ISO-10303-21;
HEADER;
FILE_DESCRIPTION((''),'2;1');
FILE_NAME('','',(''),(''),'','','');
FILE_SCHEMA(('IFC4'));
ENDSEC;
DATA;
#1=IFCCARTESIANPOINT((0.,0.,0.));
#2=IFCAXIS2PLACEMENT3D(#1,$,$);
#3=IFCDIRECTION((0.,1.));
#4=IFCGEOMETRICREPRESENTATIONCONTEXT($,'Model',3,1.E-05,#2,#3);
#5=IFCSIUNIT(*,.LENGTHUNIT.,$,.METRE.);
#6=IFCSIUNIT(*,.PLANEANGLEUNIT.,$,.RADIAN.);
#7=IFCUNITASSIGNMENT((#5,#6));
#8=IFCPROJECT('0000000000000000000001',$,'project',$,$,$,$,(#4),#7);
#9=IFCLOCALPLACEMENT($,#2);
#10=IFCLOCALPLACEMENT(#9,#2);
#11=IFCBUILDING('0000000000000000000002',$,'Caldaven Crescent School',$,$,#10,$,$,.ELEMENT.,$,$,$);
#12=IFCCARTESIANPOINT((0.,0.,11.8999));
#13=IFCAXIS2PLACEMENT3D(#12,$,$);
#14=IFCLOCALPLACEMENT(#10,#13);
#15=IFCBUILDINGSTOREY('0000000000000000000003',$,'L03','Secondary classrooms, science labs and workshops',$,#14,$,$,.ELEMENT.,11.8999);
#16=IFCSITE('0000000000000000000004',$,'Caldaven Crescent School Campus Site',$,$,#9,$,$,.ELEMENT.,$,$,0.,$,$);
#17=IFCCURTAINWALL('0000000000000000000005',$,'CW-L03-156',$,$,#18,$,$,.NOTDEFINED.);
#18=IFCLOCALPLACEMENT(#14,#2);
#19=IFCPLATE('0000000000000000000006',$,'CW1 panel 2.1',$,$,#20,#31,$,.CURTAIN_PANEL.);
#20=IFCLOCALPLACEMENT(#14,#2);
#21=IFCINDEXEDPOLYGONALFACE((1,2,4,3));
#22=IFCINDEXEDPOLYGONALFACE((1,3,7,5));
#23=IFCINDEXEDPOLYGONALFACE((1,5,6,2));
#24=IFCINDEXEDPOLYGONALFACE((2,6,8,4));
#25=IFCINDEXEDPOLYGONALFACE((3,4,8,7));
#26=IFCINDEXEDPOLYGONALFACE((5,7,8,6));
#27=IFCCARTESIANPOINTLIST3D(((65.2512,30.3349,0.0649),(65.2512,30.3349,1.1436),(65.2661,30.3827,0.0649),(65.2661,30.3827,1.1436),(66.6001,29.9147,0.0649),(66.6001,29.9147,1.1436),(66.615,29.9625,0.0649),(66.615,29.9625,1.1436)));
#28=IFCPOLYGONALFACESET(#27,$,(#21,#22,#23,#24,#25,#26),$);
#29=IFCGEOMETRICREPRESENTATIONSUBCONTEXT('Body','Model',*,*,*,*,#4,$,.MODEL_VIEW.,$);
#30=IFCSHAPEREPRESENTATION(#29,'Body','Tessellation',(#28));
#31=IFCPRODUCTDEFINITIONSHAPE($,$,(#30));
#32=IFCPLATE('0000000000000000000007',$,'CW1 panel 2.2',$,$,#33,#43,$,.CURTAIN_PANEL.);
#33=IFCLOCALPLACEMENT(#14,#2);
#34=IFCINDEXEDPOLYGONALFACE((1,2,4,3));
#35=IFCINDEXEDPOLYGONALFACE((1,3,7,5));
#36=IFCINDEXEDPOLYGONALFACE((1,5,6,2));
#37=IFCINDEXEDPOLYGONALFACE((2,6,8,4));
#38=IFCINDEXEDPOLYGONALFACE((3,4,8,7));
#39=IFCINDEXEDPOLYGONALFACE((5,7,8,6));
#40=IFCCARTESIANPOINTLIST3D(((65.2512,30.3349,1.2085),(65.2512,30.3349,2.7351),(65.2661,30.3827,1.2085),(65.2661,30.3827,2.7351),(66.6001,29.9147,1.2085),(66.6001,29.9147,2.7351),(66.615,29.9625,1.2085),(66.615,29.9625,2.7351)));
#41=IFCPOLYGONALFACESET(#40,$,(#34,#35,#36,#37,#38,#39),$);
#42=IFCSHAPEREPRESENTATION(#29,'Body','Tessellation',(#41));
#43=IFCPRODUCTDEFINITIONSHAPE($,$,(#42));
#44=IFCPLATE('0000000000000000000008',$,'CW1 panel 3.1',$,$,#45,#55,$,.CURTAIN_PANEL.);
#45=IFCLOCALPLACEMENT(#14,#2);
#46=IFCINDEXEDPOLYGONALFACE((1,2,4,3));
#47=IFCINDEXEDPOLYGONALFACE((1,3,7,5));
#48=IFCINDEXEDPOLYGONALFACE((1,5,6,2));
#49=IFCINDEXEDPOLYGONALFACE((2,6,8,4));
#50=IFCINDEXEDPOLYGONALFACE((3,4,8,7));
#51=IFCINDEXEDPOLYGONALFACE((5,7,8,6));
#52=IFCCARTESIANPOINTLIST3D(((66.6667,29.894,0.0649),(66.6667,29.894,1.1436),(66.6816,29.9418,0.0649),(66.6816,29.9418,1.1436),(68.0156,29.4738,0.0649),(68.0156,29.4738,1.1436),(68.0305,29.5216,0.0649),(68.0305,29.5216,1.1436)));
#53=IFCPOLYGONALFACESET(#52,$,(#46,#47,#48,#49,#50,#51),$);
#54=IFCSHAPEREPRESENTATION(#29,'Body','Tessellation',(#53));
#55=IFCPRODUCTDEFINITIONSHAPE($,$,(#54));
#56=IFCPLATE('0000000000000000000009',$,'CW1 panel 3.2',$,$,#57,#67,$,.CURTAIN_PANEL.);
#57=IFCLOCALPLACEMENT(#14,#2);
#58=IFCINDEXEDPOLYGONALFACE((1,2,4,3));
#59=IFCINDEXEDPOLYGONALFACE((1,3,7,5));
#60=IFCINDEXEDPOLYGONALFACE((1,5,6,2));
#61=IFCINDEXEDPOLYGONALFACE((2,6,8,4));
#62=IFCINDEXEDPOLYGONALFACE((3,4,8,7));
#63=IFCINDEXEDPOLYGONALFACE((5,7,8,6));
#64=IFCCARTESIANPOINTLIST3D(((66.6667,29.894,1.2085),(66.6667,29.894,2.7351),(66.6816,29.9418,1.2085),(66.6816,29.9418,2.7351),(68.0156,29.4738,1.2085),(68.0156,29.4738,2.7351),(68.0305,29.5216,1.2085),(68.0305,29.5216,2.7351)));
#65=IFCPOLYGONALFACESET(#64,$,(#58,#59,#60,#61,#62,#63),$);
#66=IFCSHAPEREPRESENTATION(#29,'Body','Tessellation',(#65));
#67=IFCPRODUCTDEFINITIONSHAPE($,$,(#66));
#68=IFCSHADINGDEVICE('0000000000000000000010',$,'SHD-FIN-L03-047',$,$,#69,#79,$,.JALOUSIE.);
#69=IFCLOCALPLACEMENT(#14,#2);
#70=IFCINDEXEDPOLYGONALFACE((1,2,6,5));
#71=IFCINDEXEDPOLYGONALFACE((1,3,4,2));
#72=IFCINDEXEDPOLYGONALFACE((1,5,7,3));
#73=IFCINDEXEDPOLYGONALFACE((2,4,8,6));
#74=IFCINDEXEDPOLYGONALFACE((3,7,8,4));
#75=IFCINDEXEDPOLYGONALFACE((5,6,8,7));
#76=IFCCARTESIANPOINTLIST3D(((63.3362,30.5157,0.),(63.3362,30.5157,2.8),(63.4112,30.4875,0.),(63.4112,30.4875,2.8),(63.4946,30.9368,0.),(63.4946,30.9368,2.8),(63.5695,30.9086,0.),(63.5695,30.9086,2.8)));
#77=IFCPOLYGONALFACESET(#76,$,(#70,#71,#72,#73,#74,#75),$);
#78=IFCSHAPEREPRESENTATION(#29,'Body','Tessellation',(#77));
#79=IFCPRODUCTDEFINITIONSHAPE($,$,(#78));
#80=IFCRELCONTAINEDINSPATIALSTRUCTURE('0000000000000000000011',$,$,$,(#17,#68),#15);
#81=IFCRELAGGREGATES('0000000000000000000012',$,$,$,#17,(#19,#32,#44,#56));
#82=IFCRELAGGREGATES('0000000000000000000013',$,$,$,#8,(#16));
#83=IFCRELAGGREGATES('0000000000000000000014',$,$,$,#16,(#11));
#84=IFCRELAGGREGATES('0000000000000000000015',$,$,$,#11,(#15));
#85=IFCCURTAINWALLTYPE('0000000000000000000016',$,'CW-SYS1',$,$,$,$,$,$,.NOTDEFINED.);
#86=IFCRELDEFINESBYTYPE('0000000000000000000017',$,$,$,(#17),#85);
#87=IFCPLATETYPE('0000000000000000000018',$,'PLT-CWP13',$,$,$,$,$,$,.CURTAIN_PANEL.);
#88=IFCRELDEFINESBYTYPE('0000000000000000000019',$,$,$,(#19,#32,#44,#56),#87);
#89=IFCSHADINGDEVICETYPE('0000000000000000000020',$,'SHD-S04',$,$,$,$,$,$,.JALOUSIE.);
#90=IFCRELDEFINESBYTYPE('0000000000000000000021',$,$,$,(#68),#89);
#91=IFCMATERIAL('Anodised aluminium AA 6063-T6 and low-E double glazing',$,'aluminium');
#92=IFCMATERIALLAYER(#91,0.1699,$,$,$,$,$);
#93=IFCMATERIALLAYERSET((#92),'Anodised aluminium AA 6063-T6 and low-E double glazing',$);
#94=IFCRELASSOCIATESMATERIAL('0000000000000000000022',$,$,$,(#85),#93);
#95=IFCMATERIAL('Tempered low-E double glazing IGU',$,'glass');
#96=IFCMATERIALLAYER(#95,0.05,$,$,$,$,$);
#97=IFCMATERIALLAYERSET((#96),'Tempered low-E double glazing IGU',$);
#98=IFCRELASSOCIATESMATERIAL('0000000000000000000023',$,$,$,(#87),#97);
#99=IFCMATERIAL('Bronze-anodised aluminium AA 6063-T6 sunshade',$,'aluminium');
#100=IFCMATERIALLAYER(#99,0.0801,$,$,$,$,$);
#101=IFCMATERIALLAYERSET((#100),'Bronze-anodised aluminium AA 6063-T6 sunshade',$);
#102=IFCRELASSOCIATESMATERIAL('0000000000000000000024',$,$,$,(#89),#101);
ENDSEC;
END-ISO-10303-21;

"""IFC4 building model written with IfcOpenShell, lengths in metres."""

from ifc_helpers import new_model, si_unit, direction, frame, origin, origin_2d, place, context, subcontext, project, spatial, rectangle, extrude, material, layer, layer_set, type_object, element, aggregate, save


model = new_model("IFC4")

# Units and contexts
model_context = context("Model", 3, precision=1e-05, world=origin(), true_north=direction((0.0, 1.0)))
body_context = subcontext(model_context, "Body", "Model", "MODEL_VIEW")
ifc_project = project(units=[si_unit("LENGTHUNIT", "METRE"), si_unit("PLANEANGLEUNIT", "RADIAN")], contexts=[model_context])

# Site, building, storey
site_placement = place(None, origin())
site = spatial("IfcSite", under=ifc_project, at=site_placement, Name="Caldaven Crescent School Campus Site", CompositionType="ELEMENT", RefElevation=0.0)
building_placement = place(site_placement, origin())
building = spatial("IfcBuilding", under=site, at=building_placement, Name="Caldaven Crescent School", CompositionType="ELEMENT")
storey_placement = place(building_placement, frame((0.0, 0.0, 11.8999)))
storey = spatial("IfcBuildingStorey", under=building, at=storey_placement, Name="L03", Description="Secondary classrooms, science labs and workshops", CompositionType="ELEMENT", Elevation=11.8999)

# Curtain wall
ifc_material_1 = material(Name="Anodised aluminium AA 6063-T6 and low-E double glazing", Category="aluminium")
ifc_layer_1 = layer(ifc_material_1, 0.1699)
ifc_layer_set_1 = layer_set([ifc_layer_1], Name="Anodised aluminium AA 6063-T6 and low-E double glazing")
curtain_wall_type = type_object("IfcCurtainWallType", Name="CW-SYS1", PredefinedType="NOTDEFINED", material=ifc_layer_set_1)
curtain_wall_placement = place(storey_placement, origin())
curtain_wall = element("IfcCurtainWall", 1, at=curtain_wall_placement, inside=storey, type_object=curtain_wall_type, Name="CW-L03-156", PredefinedType="NOTDEFINED")

# Plates
ifc_material_2 = material(Name="Tempered low-E double glazing IGU", Category="glass")
ifc_layer_2 = layer(ifc_material_2, 0.05)
ifc_layer_set_2 = layer_set([ifc_layer_2], Name="Tempered low-E double glazing IGU")
plate_type = type_object("IfcPlateType", Name="PLT-CWP13", PredefinedType="CURTAIN_PANEL", material=ifc_layer_set_2)
plate_1_placement = place(storey_placement, frame((65.9331, 30.1487, 0.0649), z_axis=(0.0, 0.0, 1.0), x_axis=(0.954747, -0.29742, 0.0)))
plate_1 = element("IfcPlate", 2, at=plate_1_placement, type_object=plate_type, Name="CW1 panel 2.1", PredefinedType="CURTAIN_PANEL", context=body_context, shape_type="SweptSolid", body=[
    extrude(rectangle(XDim=1.4128, YDim=0.05, at=origin_2d()), origin(), (0.0, 0.0, 1.0), 1.0786),
])
plate_2_placement = place(storey_placement, frame((65.9331, 30.1487, 1.2085), z_axis=(0.0, 0.0, 1.0), x_axis=(0.954747, -0.29742, 0.0)))
plate_2 = element("IfcPlate", 3, at=plate_2_placement, type_object=plate_type, Name="CW1 panel 2.2", PredefinedType="CURTAIN_PANEL", context=body_context, shape_type="SweptSolid", body=[
    extrude(rectangle(XDim=1.4128, YDim=0.05, at=origin_2d()), origin(), (0.0, 0.0, 1.0), 1.5266),
])
plate_3_placement = place(storey_placement, frame((67.3486, 29.7078, 0.0649), z_axis=(0.0, 0.0, 1.0), x_axis=(0.954747, -0.29742, 0.0)))
plate_3 = element("IfcPlate", 4, at=plate_3_placement, type_object=plate_type, Name="CW1 panel 3.1", PredefinedType="CURTAIN_PANEL", context=body_context, shape_type="SweptSolid", body=[
    extrude(rectangle(XDim=1.4128, YDim=0.05, at=origin_2d()), origin(), (0.0, 0.0, 1.0), 1.0786),
])
plate_4_placement = place(storey_placement, frame((67.3486, 29.7078, 1.2085), z_axis=(0.0, 0.0, 1.0), x_axis=(0.954747, -0.29742, 0.0)))
plate_4 = element("IfcPlate", 5, at=plate_4_placement, type_object=plate_type, Name="CW1 panel 3.2", PredefinedType="CURTAIN_PANEL", context=body_context, shape_type="SweptSolid", body=[
    extrude(rectangle(XDim=1.4128, YDim=0.05, at=origin_2d()), origin(), (0.0, 0.0, 1.0), 1.5266),
])
aggregate(curtain_wall, [plate_1, plate_2, plate_3, plate_4])

# Shading device
ifc_material_3 = material(Name="Bronze-anodised aluminium AA 6063-T6 sunshade", Category="aluminium")
ifc_layer_3 = layer(ifc_material_3, 0.0801)
ifc_layer_set_3 = layer_set([ifc_layer_3], Name="Bronze-anodised aluminium AA 6063-T6 sunshade")
shading_device_type = type_object("IfcShadingDeviceType", Name="SHD-S04", PredefinedType="JALOUSIE", material=ifc_layer_set_3)
shading_device_placement = place(storey_placement, frame((63.4529, 30.7122, 0.0), z_axis=(0.0, 0.0, 1.0), x_axis=(-0.352005, -0.935998, 0.0)))
element("IfcShadingDevice", 6, at=shading_device_placement, inside=storey, type_object=shading_device_type, Name="SHD-FIN-L03-047", PredefinedType="JALOUSIE", context=body_context, shape_type="SweptSolid", body=[
    extrude(rectangle(XDim=0.45, YDim=0.0801, at=origin_2d()), origin(), (0.0, 0.0, 1.0), 2.8),
])

save(model, "model.ifc")
